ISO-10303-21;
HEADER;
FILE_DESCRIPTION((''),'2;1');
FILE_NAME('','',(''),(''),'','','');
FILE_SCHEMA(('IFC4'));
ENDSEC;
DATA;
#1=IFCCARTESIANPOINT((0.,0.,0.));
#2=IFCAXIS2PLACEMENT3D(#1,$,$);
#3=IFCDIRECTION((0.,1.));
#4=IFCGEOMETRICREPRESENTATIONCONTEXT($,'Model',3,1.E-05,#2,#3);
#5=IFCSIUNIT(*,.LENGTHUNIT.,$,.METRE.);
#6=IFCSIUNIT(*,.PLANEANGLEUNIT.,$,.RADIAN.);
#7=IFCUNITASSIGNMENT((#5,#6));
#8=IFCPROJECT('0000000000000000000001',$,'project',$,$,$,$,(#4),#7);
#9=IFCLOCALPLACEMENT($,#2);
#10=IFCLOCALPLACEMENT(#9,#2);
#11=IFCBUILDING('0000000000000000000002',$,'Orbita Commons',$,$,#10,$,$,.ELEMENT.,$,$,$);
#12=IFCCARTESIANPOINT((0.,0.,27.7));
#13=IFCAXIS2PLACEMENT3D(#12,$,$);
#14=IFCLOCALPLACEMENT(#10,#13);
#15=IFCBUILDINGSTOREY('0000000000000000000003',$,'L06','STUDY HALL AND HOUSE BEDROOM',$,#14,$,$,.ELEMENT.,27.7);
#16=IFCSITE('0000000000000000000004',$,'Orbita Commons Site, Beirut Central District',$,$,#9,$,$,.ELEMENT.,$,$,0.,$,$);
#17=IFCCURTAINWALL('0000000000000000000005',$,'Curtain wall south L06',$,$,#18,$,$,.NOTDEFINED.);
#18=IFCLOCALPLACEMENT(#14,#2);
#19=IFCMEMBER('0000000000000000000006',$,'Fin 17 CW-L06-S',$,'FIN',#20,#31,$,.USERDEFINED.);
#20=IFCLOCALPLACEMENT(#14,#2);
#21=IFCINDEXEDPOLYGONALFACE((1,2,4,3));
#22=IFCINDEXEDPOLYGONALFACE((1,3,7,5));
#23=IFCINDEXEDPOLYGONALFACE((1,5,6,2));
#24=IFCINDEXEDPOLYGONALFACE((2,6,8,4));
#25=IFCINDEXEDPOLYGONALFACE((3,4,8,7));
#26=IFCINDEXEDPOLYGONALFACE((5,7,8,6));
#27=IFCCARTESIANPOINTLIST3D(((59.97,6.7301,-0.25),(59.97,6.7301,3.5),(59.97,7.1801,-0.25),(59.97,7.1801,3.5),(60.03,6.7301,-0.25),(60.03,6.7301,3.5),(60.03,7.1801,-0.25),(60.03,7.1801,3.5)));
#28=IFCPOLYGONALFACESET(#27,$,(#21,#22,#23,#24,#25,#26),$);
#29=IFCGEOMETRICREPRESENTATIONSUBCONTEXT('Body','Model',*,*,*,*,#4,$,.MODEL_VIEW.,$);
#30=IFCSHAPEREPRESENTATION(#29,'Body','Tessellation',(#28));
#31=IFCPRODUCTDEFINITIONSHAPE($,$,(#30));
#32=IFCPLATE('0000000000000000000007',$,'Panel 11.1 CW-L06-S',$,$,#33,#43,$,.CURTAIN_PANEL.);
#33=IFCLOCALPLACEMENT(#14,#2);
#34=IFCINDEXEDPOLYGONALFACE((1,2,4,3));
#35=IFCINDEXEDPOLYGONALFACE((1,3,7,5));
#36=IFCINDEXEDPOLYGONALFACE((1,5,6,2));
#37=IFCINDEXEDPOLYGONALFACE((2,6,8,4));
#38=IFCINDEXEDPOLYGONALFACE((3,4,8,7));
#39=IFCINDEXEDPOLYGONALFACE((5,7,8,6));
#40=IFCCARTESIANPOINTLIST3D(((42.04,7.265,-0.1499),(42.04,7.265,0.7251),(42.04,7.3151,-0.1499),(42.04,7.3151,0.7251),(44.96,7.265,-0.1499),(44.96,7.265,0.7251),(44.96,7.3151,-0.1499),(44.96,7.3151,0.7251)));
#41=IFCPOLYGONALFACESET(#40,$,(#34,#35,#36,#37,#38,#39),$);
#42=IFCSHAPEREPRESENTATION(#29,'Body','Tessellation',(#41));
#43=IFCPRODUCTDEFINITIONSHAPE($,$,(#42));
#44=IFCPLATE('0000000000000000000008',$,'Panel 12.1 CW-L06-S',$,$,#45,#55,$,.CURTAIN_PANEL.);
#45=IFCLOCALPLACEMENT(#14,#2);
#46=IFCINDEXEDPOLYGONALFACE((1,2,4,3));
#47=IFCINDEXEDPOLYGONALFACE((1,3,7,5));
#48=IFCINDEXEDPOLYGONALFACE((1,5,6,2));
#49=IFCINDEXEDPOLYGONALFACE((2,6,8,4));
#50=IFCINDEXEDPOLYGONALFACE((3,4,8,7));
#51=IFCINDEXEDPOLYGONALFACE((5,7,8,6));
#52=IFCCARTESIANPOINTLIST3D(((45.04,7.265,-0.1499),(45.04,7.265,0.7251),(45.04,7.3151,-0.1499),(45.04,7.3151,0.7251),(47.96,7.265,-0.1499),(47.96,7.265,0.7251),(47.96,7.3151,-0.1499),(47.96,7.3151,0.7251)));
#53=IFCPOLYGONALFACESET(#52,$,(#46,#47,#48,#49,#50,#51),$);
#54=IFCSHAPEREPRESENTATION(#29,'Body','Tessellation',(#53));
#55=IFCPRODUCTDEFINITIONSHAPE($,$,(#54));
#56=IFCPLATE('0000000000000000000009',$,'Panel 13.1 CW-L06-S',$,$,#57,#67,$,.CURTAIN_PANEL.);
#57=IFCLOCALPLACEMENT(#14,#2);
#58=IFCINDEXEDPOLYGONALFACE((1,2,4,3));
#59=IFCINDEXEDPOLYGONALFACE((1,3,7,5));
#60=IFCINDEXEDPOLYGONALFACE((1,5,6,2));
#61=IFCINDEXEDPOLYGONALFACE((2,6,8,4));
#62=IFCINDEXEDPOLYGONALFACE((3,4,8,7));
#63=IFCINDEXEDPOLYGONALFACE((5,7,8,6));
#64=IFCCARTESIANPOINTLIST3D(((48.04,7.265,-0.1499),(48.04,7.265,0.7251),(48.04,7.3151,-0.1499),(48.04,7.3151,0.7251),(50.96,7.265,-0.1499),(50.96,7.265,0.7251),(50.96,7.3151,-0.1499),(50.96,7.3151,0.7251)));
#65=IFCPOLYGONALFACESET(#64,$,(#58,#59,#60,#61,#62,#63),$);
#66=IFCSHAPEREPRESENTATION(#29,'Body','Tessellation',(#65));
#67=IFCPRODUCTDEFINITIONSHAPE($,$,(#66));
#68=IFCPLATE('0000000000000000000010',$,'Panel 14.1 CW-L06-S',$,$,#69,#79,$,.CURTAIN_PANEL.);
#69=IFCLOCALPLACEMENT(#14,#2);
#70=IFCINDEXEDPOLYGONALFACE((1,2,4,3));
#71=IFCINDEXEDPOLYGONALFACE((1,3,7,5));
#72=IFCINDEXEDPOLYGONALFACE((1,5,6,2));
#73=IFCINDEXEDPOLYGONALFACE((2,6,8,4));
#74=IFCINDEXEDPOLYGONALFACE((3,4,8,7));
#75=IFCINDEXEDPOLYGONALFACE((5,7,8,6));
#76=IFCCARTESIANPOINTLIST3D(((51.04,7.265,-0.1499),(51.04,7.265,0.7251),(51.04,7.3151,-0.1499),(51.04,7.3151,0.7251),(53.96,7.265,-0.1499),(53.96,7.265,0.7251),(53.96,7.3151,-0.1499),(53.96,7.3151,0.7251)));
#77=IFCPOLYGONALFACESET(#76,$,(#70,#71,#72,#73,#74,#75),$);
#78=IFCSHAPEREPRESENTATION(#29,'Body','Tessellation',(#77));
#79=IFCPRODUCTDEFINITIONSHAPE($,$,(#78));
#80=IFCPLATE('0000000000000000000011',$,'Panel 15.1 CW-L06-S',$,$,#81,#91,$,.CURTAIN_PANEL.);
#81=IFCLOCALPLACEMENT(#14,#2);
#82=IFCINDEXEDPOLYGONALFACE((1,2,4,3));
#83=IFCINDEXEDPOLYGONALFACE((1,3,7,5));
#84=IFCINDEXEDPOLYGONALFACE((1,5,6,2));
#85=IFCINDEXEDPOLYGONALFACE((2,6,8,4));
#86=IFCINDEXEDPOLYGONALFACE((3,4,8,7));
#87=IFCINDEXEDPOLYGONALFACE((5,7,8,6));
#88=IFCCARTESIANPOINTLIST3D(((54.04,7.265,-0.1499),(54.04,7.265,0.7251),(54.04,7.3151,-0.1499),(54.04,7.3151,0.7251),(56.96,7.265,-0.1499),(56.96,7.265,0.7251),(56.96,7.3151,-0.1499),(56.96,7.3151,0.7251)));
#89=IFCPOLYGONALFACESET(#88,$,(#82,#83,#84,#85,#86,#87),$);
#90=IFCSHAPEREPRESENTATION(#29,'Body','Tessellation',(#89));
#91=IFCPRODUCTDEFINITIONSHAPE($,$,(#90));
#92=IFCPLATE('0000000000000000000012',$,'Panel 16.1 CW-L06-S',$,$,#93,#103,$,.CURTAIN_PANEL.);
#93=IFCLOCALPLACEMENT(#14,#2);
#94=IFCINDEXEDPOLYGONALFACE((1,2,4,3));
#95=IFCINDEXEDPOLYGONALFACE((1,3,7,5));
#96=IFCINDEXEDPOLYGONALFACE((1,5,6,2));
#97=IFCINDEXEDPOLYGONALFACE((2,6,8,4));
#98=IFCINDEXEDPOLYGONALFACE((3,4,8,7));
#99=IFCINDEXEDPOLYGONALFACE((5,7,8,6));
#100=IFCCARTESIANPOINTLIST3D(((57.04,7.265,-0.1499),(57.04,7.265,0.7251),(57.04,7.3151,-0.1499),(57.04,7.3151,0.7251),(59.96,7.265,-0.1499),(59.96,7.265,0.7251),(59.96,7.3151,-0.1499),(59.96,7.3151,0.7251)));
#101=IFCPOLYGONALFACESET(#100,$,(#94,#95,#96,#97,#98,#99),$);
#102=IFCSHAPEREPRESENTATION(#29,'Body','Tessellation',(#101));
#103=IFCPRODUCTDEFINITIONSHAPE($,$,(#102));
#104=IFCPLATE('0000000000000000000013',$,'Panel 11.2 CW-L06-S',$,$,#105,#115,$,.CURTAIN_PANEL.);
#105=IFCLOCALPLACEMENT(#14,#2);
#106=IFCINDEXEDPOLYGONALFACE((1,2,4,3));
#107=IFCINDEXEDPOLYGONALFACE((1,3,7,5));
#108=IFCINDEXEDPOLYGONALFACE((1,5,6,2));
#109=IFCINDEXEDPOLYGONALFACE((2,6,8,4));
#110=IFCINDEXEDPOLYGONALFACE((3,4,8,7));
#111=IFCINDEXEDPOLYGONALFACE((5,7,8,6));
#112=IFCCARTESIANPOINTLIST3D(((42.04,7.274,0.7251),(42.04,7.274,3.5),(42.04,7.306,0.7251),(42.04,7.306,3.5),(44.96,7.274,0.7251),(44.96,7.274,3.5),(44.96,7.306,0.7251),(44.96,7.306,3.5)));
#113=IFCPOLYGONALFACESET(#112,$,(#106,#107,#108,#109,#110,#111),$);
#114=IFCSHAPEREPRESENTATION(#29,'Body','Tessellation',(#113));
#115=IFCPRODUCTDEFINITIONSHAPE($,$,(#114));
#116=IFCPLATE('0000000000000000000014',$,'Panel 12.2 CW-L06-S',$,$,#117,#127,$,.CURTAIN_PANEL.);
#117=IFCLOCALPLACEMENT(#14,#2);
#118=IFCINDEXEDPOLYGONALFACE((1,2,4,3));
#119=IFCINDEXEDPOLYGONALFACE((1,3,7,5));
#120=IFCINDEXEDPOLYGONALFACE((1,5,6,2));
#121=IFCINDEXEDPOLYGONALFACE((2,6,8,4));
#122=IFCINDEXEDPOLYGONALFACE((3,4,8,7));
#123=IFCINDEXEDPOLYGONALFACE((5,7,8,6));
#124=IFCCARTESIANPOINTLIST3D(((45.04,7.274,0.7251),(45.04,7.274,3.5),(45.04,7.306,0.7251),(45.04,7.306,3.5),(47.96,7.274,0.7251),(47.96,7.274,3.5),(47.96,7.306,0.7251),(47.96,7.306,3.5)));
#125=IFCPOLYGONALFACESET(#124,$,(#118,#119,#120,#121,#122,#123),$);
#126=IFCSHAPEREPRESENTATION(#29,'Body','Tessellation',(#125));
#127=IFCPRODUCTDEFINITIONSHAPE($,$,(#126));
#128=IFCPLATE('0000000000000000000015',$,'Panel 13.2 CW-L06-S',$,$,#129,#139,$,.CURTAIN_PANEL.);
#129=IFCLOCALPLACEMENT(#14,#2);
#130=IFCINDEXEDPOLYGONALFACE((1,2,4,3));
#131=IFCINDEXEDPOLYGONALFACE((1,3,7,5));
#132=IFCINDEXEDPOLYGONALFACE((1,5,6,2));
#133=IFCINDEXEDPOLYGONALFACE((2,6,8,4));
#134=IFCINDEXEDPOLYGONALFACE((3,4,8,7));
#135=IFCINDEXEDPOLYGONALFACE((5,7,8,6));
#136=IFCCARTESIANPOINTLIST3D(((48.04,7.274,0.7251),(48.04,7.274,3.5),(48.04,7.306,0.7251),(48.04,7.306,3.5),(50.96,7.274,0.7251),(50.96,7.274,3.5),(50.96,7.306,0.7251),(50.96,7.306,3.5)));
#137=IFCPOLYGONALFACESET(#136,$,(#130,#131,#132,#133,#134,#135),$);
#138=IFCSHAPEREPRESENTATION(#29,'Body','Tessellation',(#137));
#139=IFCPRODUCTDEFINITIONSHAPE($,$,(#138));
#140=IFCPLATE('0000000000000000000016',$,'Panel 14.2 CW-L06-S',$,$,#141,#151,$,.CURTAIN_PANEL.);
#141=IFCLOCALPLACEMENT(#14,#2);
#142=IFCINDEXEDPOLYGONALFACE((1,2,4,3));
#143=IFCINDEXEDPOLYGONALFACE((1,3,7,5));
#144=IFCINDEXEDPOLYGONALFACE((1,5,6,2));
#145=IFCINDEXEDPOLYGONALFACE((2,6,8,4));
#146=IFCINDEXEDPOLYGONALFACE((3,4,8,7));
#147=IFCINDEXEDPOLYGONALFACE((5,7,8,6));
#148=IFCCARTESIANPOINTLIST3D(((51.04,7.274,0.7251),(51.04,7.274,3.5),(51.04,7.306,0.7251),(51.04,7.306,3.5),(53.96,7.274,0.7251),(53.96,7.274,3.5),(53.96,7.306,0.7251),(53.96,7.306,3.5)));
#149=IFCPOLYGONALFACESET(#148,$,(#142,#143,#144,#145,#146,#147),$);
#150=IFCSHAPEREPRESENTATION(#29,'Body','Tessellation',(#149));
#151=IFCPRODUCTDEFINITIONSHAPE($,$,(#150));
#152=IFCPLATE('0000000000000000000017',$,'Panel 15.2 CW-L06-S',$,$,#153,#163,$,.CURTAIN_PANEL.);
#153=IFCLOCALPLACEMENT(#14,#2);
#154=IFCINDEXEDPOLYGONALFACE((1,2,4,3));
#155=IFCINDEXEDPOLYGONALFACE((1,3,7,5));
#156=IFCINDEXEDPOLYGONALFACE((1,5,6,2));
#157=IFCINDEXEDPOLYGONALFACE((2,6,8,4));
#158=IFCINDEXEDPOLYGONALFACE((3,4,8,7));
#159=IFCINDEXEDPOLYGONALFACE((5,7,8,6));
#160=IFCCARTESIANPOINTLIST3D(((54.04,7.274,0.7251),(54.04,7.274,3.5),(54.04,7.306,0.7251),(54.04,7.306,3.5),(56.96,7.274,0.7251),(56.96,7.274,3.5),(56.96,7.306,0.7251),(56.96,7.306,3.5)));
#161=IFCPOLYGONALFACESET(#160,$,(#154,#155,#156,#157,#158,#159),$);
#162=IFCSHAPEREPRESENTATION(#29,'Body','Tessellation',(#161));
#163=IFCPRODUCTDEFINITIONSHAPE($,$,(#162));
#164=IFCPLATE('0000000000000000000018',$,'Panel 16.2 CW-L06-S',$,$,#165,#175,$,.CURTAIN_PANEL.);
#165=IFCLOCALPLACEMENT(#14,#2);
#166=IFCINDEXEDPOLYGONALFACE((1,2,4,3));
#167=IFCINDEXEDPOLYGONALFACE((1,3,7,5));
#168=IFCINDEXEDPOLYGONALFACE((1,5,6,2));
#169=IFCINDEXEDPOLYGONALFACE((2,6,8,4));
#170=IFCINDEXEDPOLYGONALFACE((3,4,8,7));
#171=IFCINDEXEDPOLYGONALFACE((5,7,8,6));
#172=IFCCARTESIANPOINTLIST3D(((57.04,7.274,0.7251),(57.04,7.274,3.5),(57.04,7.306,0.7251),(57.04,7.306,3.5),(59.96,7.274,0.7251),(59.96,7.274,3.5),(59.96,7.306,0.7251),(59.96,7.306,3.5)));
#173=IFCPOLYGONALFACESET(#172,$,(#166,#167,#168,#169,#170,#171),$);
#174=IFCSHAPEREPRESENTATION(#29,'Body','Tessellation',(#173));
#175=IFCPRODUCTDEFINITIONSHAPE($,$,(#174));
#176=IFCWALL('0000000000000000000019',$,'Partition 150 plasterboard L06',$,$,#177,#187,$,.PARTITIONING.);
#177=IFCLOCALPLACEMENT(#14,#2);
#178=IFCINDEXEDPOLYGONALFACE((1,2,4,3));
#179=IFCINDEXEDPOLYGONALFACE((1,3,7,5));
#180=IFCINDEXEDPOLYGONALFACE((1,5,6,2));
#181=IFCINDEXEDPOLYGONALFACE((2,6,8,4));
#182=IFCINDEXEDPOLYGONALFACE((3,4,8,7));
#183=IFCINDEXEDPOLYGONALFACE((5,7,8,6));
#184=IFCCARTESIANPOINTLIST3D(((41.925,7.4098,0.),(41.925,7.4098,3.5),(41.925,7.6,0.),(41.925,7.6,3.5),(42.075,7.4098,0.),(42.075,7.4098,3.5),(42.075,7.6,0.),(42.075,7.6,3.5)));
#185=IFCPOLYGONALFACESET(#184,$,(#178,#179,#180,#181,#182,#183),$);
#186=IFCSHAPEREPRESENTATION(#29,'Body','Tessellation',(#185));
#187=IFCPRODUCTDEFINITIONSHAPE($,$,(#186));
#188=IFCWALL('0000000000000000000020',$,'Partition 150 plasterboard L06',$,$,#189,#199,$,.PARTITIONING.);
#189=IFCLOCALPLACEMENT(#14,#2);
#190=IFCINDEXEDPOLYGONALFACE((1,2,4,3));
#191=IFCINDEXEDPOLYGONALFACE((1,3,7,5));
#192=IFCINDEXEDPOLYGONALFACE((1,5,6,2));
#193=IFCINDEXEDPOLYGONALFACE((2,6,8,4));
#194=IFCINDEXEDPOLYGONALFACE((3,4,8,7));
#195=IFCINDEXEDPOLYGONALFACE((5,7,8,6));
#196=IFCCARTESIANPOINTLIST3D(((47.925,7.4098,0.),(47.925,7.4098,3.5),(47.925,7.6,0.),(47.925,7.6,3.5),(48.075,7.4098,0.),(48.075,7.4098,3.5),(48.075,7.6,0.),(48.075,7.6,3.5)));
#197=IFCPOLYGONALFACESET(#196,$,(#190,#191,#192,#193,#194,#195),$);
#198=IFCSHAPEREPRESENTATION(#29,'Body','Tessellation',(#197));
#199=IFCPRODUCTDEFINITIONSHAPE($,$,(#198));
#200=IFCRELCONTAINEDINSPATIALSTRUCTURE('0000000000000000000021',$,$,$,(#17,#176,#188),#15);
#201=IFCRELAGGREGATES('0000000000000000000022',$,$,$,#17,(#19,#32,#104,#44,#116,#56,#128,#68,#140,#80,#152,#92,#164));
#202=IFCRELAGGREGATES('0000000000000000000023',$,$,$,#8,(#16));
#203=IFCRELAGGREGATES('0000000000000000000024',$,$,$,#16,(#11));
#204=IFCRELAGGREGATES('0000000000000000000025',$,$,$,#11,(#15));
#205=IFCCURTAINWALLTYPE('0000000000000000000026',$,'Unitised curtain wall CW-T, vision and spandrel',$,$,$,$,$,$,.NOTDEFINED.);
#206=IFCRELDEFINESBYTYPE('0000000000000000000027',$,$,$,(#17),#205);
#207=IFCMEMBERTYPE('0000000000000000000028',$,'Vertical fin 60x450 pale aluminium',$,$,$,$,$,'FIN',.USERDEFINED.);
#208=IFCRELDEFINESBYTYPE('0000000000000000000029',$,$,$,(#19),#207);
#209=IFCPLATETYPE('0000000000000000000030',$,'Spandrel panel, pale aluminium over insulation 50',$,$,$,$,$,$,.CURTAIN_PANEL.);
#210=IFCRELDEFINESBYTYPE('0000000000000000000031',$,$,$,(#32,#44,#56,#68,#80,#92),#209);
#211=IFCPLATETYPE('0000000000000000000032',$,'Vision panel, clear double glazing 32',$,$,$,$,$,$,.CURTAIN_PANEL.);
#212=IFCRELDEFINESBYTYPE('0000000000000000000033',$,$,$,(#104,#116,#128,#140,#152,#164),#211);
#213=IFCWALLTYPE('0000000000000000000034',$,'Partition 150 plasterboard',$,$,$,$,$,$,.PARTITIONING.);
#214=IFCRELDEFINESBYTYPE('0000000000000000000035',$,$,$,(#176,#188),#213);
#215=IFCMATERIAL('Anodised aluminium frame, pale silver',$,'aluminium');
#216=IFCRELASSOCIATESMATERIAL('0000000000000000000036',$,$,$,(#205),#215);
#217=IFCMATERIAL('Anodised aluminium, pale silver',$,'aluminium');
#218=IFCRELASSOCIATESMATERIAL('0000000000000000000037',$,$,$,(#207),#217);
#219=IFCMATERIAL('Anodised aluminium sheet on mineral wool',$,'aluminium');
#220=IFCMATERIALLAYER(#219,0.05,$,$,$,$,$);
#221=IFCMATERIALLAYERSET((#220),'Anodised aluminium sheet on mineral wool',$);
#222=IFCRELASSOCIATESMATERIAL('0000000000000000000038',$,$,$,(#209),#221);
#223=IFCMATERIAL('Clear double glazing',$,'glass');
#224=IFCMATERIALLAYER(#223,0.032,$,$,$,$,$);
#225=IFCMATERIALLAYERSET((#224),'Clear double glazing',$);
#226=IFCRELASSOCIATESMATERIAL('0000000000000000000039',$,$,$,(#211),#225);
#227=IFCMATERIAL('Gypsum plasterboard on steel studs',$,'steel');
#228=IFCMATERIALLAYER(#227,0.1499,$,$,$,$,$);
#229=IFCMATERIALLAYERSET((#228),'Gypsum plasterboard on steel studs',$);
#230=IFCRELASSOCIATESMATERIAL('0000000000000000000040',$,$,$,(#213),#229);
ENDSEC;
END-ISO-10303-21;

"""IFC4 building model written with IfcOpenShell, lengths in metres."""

from ifc_helpers import new_model, si_unit, direction, frame, frame_2d, origin, origin_2d, place, context, subcontext, project, spatial, rectangle, extrude, material, layer, layer_set, material_profile, profile_set, type_object, element, aggregate, save


model = new_model("IFC4")

# Units and contexts
model_context = context("Model", 3, precision=1e-05, world=origin(), true_north=direction((0.0, 1.0)))
body_context = subcontext(model_context, "Body", "Model", "MODEL_VIEW")
ifc_project = project(units=[si_unit("LENGTHUNIT", "METRE"), si_unit("PLANEANGLEUNIT", "RADIAN")], contexts=[model_context])

# Site, building, storey
site_placement = place(None, origin())
site = spatial("IfcSite", under=ifc_project, at=site_placement, Name="Orbita Commons Site, Beirut Central District", CompositionType="ELEMENT", RefElevation=0.0)
building_placement = place(site_placement, origin())
building = spatial("IfcBuilding", under=site, at=building_placement, Name="Orbita Commons", CompositionType="ELEMENT")
storey_placement = place(building_placement, frame((0.0, 0.0, 27.7)))
storey = spatial("IfcBuildingStorey", under=building, at=storey_placement, Name="L06", Description="STUDY HALL AND HOUSE BEDROOM", CompositionType="ELEMENT", Elevation=27.7)

# Curtain wall, member, plates
ifc_material_1 = material(Name="Anodised aluminium frame, pale silver", Category="aluminium")
curtain_wall_type = type_object("IfcCurtainWallType", Name="Unitised curtain wall CW-T, vision and spandrel", PredefinedType="NOTDEFINED", material=ifc_material_1)
curtain_wall_placement = place(storey_placement, origin())
curtain_wall = element("IfcCurtainWall", 1, at=curtain_wall_placement, inside=storey, type_object=curtain_wall_type, Name="Curtain wall south L06", PredefinedType="NOTDEFINED")
ifc_material_2 = material(Name="Anodised aluminium, pale silver", Category="aluminium")
ifc_material_profile_1 = material_profile(ifc_material_2, rectangle(XDim=0.0601, YDim=0.45, at=origin_2d()), Name="FIN 60x450")
ifc_profile_set_1 = profile_set([ifc_material_profile_1], Name="Anodised aluminium, pale silver")
member_type_1 = type_object("IfcMemberType", Name="Vertical fin 60x450 pale aluminium", ElementType="FIN", PredefinedType="USERDEFINED", material=ifc_profile_set_1)
member_1_placement = place(storey_placement, frame((60.0, 6.9551, -0.25), z_axis=(0.0, 0.0, 1.0), x_axis=(1.0, 0.0, 0.0)))
member_1 = element("IfcMember", 2, at=member_1_placement, type_object=member_type_1, Name="Fin 17 CW-L06-S", ObjectType="FIN", PredefinedType="USERDEFINED", context=body_context, shape_type="SweptSolid", body=[
    extrude(rectangle(XDim=0.0601, YDim=0.45, at=origin_2d()), origin(), (0.0, 0.0, 1.0), 3.75),
])
ifc_material_3 = material(Name="Anodised aluminium sheet on mineral wool", Category="aluminium")
ifc_layer_1 = layer(ifc_material_3, 0.05)
ifc_layer_set_1 = layer_set([ifc_layer_1], Name="Anodised aluminium sheet on mineral wool")
plate_type_1 = type_object("IfcPlateType", Name="Spandrel panel, pale aluminium over insulation 50", PredefinedType="CURTAIN_PANEL", material=ifc_layer_set_1)
plate_1_placement = place(storey_placement, frame((43.5, 7.29, -0.1499), z_axis=(0.0, 0.0, 1.0), x_axis=(1.0, 0.0, 0.0)))
plate_1 = element("IfcPlate", 3, at=plate_1_placement, type_object=plate_type_1, Name="Panel 11.1 CW-L06-S", PredefinedType="CURTAIN_PANEL", context=body_context, shape_type="SweptSolid", body=[
    extrude(rectangle(XDim=2.9199, YDim=0.05, at=origin_2d()), origin(), (0.0, 0.0, 1.0), 0.875),
])
plate_2_placement = place(storey_placement, frame((46.5, 7.29, -0.1499), z_axis=(0.0, 0.0, 1.0), x_axis=(1.0, 0.0, 0.0)))
plate_2 = element("IfcPlate", 4, at=plate_2_placement, type_object=plate_type_1, Name="Panel 12.1 CW-L06-S", PredefinedType="CURTAIN_PANEL", context=body_context, shape_type="SweptSolid", body=[
    extrude(rectangle(XDim=2.9199, YDim=0.05, at=origin_2d()), origin(), (0.0, 0.0, 1.0), 0.875),
])
plate_3_placement = place(storey_placement, frame((49.5, 7.29, -0.1499), z_axis=(0.0, 0.0, 1.0), x_axis=(1.0, 0.0, 0.0)))
plate_3 = element("IfcPlate", 5, at=plate_3_placement, type_object=plate_type_1, Name="Panel 13.1 CW-L06-S", PredefinedType="CURTAIN_PANEL", context=body_context, shape_type="SweptSolid", body=[
    extrude(rectangle(XDim=2.9199, YDim=0.05, at=origin_2d()), origin(), (0.0, 0.0, 1.0), 0.875),
])
plate_4_placement = place(storey_placement, frame((52.5, 7.29, -0.1499), z_axis=(0.0, 0.0, 1.0), x_axis=(1.0, 0.0, 0.0)))
plate_4 = element("IfcPlate", 6, at=plate_4_placement, type_object=plate_type_1, Name="Panel 14.1 CW-L06-S", PredefinedType="CURTAIN_PANEL", context=body_context, shape_type="SweptSolid", body=[
    extrude(rectangle(XDim=2.9199, YDim=0.05, at=origin_2d()), origin(), (0.0, 0.0, 1.0), 0.875),
])
plate_5_placement = place(storey_placement, frame((55.5, 7.29, -0.1499), z_axis=(0.0, 0.0, 1.0), x_axis=(1.0, 0.0, 0.0)))
plate_5 = element("IfcPlate", 7, at=plate_5_placement, type_object=plate_type_1, Name="Panel 15.1 CW-L06-S", PredefinedType="CURTAIN_PANEL", context=body_context, shape_type="SweptSolid", body=[
    extrude(rectangle(XDim=2.9199, YDim=0.05, at=origin_2d()), origin(), (0.0, 0.0, 1.0), 0.875),
])
plate_6_placement = place(storey_placement, frame((58.5, 7.29, -0.1499), z_axis=(0.0, 0.0, 1.0), x_axis=(1.0, 0.0, 0.0)))
plate_6 = element("IfcPlate", 8, at=plate_6_placement, type_object=plate_type_1, Name="Panel 16.1 CW-L06-S", PredefinedType="CURTAIN_PANEL", context=body_context, shape_type="SweptSolid", body=[
    extrude(rectangle(XDim=2.9199, YDim=0.05, at=origin_2d()), origin(), (0.0, 0.0, 1.0), 0.875),
])
ifc_material_4 = material(Name="Clear double glazing", Category="glass")
ifc_layer_2 = layer(ifc_material_4, 0.032)
ifc_layer_set_2 = layer_set([ifc_layer_2], Name="Clear double glazing")
plate_type_2 = type_object("IfcPlateType", Name="Vision panel, clear double glazing 32", PredefinedType="CURTAIN_PANEL", material=ifc_layer_set_2)
plate_7_placement = place(storey_placement, frame((43.5, 7.29, 0.7251), z_axis=(0.0, 0.0, 1.0), x_axis=(1.0, 0.0, 0.0)))
plate_7 = element("IfcPlate", 9, at=plate_7_placement, type_object=plate_type_2, Name="Panel 11.2 CW-L06-S", PredefinedType="CURTAIN_PANEL", context=body_context, shape_type="SweptSolid", body=[
    extrude(rectangle(XDim=2.9199, YDim=0.032, at=origin_2d()), origin(), (0.0, 0.0, 1.0), 2.7749),
])
plate_8_placement = place(storey_placement, frame((46.5, 7.29, 0.7251), z_axis=(0.0, 0.0, 1.0), x_axis=(1.0, 0.0, 0.0)))
plate_8 = element("IfcPlate", 10, at=plate_8_placement, type_object=plate_type_2, Name="Panel 12.2 CW-L06-S", PredefinedType="CURTAIN_PANEL", context=body_context, shape_type="SweptSolid", body=[
    extrude(rectangle(XDim=2.9199, YDim=0.032, at=origin_2d()), origin(), (0.0, 0.0, 1.0), 2.7749),
])
plate_9_placement = place(storey_placement, frame((49.5, 7.29, 0.7251), z_axis=(0.0, 0.0, 1.0), x_axis=(1.0, 0.0, 0.0)))
plate_9 = element("IfcPlate", 11, at=plate_9_placement, type_object=plate_type_2, Name="Panel 13.2 CW-L06-S", PredefinedType="CURTAIN_PANEL", context=body_context, shape_type="SweptSolid", body=[
    extrude(rectangle(XDim=2.9199, YDim=0.032, at=origin_2d()), origin(), (0.0, 0.0, 1.0), 2.7749),
])
plate_10_placement = place(storey_placement, frame((52.5, 7.29, 0.7251), z_axis=(0.0, 0.0, 1.0), x_axis=(1.0, 0.0, 0.0)))
plate_10 = element("IfcPlate", 12, at=plate_10_placement, type_object=plate_type_2, Name="Panel 14.2 CW-L06-S", PredefinedType="CURTAIN_PANEL", context=body_context, shape_type="SweptSolid", body=[
    extrude(rectangle(XDim=2.9199, YDim=0.032, at=origin_2d()), origin(), (0.0, 0.0, 1.0), 2.7749),
])
plate_11_placement = place(storey_placement, frame((55.5, 7.29, 0.7251), z_axis=(0.0, 0.0, 1.0), x_axis=(1.0, 0.0, 0.0)))
plate_11 = element("IfcPlate", 13, at=plate_11_placement, type_object=plate_type_2, Name="Panel 15.2 CW-L06-S", PredefinedType="CURTAIN_PANEL", context=body_context, shape_type="SweptSolid", body=[
    extrude(rectangle(XDim=2.9199, YDim=0.032, at=origin_2d()), origin(), (0.0, 0.0, 1.0), 2.7749),
])
plate_12_placement = place(storey_placement, frame((58.5, 7.29, 0.7251), z_axis=(0.0, 0.0, 1.0), x_axis=(1.0, 0.0, 0.0)))
plate_12 = element("IfcPlate", 14, at=plate_12_placement, type_object=plate_type_2, Name="Panel 16.2 CW-L06-S", PredefinedType="CURTAIN_PANEL", context=body_context, shape_type="SweptSolid", body=[
    extrude(rectangle(XDim=2.9199, YDim=0.032, at=origin_2d()), origin(), (0.0, 0.0, 1.0), 2.7749),
])
aggregate(curtain_wall, [member_1, plate_1, plate_7, plate_2, plate_8, plate_3, plate_9, plate_4, plate_10, plate_5, plate_11, plate_6, plate_12])

# Walls
ifc_material_5 = material(Name="Gypsum plasterboard on steel studs", Category="steel")
ifc_layer_3 = layer(ifc_material_5, 0.1499)
ifc_layer_set_3 = layer_set([ifc_layer_3], Name="Gypsum plasterboard on steel studs")
wall_type_1 = type_object("IfcWallType", Name="Partition 150 plasterboard", PredefinedType="PARTITIONING", material=ifc_layer_set_3)
for number, where, z_axis, x_axis, name in (
    (15, (42.0, 7.6001, 0.0), (0.0, 0.0, 1.0), (0.0, -1.0, 0.0), "Partition 150 plasterboard L06"),
    (16, (48.0, 7.6001, 0.0), (0.0, 0.0, 1.0), (0.0, -1.0, 0.0), "Partition 150 plasterboard L06"),
):
    element("IfcWall", number, at=place(storey_placement, frame(where, z_axis=z_axis, x_axis=x_axis)), inside=storey, type_object=wall_type_1, Name=name, PredefinedType="PARTITIONING", context=body_context, shape_type="SweptSolid", body=[
        extrude(rectangle(XDim=0.1902, YDim=0.1499, at=frame_2d((0.0952, 0.0))), origin(), (0.0, 0.0, 1.0), 3.5),
    ])

save(model, "model.ifc")
